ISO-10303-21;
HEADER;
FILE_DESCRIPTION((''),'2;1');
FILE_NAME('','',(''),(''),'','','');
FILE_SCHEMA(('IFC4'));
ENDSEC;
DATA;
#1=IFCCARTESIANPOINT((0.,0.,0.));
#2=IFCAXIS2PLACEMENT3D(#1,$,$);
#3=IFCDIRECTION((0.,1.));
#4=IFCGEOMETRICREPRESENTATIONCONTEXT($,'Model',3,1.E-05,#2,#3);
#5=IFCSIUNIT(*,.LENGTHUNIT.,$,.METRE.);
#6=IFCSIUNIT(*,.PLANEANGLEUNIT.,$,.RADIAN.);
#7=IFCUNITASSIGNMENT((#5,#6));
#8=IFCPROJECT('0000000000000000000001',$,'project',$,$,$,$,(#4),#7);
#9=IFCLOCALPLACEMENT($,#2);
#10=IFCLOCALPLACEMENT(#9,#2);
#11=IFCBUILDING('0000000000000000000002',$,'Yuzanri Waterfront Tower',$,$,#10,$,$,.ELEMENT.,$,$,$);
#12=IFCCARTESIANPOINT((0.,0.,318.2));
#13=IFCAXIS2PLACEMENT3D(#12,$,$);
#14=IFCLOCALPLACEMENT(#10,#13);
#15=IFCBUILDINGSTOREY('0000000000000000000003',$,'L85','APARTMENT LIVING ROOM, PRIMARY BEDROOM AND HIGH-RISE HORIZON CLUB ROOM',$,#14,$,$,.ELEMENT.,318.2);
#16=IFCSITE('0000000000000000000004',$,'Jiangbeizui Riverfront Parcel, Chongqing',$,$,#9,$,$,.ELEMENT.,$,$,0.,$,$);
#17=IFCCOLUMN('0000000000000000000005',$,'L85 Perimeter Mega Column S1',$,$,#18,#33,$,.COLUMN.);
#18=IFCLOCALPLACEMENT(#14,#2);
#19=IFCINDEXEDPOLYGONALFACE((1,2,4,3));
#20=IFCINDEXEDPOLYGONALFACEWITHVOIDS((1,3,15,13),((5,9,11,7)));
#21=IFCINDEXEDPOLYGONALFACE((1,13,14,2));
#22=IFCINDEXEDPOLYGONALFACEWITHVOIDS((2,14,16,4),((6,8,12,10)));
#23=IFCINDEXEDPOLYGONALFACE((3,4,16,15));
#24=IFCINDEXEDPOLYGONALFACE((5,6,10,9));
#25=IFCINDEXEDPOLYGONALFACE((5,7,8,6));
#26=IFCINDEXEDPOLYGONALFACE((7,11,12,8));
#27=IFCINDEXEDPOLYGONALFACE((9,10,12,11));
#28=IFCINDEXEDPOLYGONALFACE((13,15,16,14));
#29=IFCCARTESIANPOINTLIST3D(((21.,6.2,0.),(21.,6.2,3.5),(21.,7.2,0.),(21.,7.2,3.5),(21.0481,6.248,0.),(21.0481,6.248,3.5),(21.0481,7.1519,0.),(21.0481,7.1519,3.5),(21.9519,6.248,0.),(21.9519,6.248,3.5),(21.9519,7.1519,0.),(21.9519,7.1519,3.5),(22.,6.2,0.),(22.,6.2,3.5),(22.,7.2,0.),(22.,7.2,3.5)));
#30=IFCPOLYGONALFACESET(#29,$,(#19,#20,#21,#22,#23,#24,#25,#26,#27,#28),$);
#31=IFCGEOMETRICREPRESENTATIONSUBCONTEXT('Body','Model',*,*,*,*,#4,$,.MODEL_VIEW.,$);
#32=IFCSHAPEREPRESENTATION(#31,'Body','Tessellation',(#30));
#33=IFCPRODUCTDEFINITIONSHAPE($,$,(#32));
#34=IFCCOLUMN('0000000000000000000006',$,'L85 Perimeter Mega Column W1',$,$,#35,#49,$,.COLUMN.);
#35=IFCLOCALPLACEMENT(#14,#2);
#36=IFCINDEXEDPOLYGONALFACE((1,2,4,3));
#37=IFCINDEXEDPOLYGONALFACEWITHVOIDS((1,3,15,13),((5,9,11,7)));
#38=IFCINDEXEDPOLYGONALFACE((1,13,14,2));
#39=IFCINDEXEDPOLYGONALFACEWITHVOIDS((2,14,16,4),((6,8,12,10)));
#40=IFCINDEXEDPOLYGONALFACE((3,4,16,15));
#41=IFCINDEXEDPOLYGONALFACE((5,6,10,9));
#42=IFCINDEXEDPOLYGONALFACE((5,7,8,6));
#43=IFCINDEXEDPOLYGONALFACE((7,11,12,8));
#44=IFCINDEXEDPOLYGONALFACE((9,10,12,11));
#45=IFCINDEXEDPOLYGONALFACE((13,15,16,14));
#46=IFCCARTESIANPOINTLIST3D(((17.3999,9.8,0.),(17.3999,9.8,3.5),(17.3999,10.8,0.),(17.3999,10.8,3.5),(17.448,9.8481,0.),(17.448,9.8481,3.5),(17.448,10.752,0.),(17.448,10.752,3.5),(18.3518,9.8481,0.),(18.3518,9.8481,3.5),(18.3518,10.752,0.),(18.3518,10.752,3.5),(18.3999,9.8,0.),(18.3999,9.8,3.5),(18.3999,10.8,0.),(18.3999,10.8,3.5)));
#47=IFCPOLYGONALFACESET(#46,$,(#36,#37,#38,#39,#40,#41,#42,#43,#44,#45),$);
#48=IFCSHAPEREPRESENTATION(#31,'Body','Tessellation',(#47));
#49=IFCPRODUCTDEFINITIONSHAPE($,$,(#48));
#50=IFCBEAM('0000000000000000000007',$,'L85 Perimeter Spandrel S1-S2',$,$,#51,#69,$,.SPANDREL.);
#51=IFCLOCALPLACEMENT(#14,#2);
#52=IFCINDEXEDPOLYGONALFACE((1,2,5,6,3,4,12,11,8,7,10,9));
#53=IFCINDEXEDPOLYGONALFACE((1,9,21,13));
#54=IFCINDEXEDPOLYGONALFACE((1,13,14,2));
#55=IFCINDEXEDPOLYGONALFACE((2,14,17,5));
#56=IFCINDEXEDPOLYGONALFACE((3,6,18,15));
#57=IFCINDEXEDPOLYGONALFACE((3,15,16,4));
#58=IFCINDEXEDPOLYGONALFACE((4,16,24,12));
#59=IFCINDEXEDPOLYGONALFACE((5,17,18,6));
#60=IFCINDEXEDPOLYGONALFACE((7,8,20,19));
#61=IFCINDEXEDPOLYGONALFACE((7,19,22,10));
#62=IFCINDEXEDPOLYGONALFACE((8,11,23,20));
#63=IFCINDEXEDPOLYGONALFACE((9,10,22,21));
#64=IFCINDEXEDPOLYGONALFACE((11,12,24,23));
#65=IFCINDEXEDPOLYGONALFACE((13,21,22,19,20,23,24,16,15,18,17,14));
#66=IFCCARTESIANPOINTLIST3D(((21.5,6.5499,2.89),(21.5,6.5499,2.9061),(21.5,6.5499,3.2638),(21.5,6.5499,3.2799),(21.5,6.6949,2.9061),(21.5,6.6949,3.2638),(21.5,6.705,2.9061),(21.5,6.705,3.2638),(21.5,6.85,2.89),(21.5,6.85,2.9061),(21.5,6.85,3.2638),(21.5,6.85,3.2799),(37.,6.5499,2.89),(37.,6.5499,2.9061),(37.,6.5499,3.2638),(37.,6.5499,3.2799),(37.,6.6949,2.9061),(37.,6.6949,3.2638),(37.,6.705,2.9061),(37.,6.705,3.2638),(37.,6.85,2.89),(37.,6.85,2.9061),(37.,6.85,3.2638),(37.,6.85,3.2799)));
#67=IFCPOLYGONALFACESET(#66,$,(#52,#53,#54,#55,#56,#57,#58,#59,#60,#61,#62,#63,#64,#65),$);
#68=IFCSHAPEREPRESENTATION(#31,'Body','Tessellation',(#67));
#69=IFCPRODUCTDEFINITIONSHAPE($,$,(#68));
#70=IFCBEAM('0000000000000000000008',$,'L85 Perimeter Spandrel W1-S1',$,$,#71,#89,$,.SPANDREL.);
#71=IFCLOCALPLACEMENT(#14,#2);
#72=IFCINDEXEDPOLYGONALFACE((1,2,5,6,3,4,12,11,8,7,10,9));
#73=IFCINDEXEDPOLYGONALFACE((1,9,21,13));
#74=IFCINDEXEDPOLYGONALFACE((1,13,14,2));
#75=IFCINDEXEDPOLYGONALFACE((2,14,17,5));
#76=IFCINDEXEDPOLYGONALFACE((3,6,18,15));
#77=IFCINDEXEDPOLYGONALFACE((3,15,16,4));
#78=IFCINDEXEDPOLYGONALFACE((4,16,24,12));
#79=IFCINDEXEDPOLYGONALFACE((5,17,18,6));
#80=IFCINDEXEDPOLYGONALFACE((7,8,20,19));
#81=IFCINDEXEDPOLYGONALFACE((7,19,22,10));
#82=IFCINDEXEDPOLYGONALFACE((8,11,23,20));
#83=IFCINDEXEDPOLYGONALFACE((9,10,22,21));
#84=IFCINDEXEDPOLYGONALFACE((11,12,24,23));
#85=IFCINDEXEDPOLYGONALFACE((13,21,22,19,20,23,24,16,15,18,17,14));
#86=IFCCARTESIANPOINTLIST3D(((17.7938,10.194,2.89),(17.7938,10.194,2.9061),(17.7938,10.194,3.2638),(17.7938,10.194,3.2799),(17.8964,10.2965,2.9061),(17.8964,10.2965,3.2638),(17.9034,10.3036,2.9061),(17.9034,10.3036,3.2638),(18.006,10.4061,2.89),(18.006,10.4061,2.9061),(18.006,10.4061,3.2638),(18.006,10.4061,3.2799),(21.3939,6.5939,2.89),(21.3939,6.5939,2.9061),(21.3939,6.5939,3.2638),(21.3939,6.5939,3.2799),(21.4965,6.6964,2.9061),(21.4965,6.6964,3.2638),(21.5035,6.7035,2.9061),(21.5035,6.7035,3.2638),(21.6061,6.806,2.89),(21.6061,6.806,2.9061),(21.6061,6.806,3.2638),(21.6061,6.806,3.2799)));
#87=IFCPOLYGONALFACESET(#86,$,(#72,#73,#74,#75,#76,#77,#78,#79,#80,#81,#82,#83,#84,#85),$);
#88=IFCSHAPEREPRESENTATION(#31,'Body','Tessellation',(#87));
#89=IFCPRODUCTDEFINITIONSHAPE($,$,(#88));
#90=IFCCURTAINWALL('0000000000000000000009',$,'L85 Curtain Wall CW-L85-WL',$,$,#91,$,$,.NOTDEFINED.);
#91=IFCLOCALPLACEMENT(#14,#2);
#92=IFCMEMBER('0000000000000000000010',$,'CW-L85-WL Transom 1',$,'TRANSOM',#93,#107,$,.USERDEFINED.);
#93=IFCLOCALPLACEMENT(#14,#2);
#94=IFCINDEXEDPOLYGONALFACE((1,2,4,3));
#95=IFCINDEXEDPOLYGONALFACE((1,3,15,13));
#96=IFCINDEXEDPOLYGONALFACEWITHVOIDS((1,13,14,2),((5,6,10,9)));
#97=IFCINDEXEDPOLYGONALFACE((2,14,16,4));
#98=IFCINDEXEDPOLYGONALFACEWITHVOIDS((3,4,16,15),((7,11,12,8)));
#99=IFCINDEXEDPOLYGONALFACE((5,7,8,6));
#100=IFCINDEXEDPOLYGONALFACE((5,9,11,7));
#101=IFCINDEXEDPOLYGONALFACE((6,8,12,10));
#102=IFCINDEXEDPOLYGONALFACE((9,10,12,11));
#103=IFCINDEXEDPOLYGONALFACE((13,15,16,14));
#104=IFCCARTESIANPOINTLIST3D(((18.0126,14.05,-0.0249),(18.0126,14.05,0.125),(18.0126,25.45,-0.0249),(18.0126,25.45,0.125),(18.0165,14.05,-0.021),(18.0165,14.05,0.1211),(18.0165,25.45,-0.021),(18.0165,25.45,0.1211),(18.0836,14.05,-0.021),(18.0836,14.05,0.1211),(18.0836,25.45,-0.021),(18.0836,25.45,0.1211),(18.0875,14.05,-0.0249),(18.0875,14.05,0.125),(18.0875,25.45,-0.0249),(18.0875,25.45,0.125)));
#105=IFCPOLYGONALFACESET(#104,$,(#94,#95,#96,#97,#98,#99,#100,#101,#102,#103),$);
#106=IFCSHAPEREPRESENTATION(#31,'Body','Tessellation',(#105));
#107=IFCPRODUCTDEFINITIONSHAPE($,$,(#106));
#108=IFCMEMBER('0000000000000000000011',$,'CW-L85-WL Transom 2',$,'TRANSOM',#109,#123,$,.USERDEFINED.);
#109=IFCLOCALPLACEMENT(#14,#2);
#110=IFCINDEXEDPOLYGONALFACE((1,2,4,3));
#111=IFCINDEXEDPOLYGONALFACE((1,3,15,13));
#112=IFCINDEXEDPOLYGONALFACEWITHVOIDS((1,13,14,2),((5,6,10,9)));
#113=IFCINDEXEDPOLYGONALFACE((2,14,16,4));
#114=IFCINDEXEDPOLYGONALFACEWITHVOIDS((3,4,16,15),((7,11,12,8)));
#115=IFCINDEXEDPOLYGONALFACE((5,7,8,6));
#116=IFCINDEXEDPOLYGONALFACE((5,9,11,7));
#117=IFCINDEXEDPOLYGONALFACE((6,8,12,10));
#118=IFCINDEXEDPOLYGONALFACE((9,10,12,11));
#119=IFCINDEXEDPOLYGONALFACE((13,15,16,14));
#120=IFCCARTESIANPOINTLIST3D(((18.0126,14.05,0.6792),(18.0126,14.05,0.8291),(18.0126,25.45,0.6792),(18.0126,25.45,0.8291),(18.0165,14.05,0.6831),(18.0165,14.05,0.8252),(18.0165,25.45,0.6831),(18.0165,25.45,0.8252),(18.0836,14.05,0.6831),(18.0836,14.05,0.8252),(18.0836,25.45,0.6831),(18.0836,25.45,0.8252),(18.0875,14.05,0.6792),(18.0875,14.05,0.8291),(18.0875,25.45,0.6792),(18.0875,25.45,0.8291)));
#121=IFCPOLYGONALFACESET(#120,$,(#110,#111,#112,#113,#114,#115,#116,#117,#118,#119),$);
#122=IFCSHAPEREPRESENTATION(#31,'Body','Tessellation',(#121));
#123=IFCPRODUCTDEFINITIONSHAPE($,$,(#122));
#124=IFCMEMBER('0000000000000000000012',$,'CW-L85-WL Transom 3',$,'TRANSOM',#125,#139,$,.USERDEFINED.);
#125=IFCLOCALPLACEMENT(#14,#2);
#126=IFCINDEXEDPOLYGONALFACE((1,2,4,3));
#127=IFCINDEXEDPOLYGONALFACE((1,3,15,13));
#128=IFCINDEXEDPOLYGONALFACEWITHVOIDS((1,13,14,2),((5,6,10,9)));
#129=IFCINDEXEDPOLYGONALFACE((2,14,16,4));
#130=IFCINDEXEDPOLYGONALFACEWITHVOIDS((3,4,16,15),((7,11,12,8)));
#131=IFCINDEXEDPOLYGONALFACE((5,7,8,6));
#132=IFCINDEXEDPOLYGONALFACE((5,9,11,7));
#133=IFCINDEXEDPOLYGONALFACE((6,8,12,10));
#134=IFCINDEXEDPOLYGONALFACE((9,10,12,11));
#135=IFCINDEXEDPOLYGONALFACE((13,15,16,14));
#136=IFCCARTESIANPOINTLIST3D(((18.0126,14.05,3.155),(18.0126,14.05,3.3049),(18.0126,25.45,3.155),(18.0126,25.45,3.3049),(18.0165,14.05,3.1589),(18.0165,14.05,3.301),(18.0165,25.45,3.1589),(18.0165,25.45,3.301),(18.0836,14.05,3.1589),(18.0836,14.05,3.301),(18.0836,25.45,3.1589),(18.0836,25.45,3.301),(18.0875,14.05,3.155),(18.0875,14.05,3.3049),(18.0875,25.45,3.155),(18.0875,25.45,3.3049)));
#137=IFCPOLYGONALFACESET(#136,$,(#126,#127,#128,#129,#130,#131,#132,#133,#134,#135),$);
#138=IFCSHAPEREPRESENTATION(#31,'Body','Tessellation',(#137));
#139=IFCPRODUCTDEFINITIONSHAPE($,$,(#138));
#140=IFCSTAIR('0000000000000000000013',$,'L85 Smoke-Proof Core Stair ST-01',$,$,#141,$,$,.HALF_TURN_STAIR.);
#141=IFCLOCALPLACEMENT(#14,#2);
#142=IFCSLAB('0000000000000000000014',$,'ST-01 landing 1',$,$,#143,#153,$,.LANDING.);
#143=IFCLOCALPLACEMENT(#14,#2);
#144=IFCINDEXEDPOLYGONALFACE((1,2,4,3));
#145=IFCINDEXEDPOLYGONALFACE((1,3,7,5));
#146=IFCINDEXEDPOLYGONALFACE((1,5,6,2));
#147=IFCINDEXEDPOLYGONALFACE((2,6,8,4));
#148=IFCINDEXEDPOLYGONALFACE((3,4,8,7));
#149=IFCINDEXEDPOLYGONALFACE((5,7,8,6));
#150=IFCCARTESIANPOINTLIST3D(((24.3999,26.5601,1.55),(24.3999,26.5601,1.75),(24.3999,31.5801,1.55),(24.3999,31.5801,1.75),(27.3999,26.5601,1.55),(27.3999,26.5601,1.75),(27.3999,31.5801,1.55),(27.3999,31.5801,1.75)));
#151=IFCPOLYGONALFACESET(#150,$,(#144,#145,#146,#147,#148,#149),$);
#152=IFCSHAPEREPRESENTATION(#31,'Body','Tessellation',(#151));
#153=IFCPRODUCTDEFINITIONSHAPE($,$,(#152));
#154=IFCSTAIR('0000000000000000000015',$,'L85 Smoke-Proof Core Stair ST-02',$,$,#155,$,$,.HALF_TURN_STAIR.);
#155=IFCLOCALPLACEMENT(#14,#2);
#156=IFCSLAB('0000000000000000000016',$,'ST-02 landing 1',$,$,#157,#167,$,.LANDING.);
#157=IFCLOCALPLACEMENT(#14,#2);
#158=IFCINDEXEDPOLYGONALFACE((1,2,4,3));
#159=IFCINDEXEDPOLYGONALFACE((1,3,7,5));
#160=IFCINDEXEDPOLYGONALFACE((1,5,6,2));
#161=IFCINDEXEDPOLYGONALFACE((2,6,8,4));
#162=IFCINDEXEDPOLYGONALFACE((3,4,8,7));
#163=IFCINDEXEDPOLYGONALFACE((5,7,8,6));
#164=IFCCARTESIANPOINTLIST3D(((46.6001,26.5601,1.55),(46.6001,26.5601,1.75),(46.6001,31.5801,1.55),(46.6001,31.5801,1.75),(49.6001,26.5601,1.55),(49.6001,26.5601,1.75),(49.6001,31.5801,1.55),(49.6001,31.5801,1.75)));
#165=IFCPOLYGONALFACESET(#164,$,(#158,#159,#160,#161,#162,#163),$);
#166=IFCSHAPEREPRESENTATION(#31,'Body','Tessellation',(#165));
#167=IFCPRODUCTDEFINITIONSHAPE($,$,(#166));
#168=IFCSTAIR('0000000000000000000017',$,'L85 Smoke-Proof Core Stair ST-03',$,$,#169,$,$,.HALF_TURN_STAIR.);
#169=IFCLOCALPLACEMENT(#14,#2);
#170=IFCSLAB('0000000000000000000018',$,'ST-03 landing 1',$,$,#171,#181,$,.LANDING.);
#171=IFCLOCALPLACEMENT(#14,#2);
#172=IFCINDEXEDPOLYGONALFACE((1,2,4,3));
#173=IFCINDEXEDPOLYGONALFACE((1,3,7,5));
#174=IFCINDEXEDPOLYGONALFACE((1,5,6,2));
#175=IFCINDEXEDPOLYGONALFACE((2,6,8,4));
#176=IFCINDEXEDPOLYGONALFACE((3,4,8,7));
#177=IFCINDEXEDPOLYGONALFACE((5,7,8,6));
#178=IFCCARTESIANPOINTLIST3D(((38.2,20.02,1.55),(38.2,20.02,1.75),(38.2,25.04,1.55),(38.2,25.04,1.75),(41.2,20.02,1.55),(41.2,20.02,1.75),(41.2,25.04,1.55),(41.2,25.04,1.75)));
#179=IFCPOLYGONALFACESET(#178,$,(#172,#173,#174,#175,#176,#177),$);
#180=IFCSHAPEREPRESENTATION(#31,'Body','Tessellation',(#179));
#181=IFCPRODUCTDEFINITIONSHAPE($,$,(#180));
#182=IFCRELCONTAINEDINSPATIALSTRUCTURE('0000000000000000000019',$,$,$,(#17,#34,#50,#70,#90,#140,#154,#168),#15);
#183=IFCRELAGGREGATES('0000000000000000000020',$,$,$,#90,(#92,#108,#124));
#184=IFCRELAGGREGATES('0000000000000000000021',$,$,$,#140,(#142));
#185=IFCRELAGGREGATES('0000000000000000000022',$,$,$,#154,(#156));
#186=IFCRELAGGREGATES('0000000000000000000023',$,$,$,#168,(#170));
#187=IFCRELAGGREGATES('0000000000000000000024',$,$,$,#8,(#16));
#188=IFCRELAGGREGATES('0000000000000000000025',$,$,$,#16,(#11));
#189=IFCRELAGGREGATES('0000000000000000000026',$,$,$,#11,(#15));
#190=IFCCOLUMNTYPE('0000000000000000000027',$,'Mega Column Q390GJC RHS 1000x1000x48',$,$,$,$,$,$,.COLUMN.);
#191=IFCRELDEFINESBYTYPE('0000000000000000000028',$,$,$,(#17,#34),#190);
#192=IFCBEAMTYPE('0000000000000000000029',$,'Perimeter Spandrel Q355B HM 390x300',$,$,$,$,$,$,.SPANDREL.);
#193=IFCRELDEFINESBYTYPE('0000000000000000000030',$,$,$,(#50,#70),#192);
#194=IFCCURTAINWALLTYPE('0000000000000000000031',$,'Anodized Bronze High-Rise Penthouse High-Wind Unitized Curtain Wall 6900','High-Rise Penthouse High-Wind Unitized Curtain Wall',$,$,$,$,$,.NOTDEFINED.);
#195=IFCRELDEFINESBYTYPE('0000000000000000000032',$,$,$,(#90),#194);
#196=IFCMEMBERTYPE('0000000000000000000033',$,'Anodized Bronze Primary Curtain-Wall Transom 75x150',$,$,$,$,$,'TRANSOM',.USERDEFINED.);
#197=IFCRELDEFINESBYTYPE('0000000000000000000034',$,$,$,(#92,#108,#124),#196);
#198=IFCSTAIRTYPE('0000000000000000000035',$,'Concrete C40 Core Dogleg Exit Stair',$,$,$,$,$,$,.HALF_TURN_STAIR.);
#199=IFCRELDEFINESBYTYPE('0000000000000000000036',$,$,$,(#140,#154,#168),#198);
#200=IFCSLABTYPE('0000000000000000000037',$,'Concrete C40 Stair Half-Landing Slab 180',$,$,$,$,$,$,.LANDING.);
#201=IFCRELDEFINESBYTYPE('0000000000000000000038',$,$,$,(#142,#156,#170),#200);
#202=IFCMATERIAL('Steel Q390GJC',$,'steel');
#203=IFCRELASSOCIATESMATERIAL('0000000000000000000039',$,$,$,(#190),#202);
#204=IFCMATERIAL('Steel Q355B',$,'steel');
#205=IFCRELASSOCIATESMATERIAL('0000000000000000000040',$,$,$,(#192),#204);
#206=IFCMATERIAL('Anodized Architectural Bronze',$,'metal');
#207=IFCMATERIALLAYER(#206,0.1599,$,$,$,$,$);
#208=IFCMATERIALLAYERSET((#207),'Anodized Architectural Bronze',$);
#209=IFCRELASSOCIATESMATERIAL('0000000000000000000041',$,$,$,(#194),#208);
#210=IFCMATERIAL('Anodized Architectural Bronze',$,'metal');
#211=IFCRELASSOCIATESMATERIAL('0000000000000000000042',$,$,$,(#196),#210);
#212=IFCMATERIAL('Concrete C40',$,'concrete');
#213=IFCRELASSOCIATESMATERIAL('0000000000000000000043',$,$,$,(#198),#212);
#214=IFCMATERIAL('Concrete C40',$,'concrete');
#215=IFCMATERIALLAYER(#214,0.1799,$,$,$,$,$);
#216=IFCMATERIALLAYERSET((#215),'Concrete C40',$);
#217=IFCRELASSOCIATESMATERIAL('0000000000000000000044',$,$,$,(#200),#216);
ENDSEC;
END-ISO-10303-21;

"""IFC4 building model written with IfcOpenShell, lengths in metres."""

from ifc_helpers import new_model, si_unit, direction, frame, origin, origin_2d, place, context, subcontext, project, spatial, polyline, hollow_rectangle, i_section, outline, extrude, source, transform, mapped, material, layer, layer_set, material_profile, profile_set, type_object, element, aggregate, save


model = new_model("IFC4")

# Units and contexts
model_context = context("Model", 3, precision=1e-05, world=origin(), true_north=direction((0.0, 1.0)))
body_context = subcontext(model_context, "Body", "Model", "MODEL_VIEW")
ifc_project = project(units=[si_unit("LENGTHUNIT", "METRE"), si_unit("PLANEANGLEUNIT", "RADIAN")], contexts=[model_context])

# Site, building, storey
site_placement = place(None, origin())
site = spatial("IfcSite", under=ifc_project, at=site_placement, Name="Jiangbeizui Riverfront Parcel, Chongqing", CompositionType="ELEMENT", RefElevation=0.0)
building_placement = place(site_placement, origin())
building = spatial("IfcBuilding", under=site, at=building_placement, Name="Yuzanri Waterfront Tower", CompositionType="ELEMENT")
storey_placement = place(building_placement, frame((0.0, 0.0, 318.2)))
storey = spatial("IfcBuildingStorey", under=building, at=storey_placement, Name="L85", Description="APARTMENT LIVING ROOM, PRIMARY BEDROOM AND HIGH-RISE HORIZON CLUB ROOM", CompositionType="ELEMENT", Elevation=318.2)

# Columns
ifc_material_1 = material(Name="Steel Q390GJC", Category="steel")
ifc_material_profile_1 = material_profile(ifc_material_1, hollow_rectangle(XDim=1.0, YDim=1.0, WallThickness=0.0481, at=origin_2d()), Name="RHS 1000x1000x48")
ifc_profile_set_1 = profile_set([ifc_material_profile_1], Name="Steel Q390GJC")
column_type = type_object("IfcColumnType", Name="Mega Column Q390GJC RHS 1000x1000x48", PredefinedType="COLUMN", material=ifc_profile_set_1)
shared_shape_1 = source(origin(), body_context, "Body", "SweptSolid", [
    extrude(hollow_rectangle(XDim=1.0, YDim=1.0, WallThickness=0.0481, at=origin_2d()), origin(), (0.0, 0.0, 1.0), 3.5),
])
for number, where, z_axis, x_axis, name in (
    (1, (21.5, 6.7, 0.0), (0.0, 0.0, 1.0), (1.0, 0.0, 0.0), "L85 Perimeter Mega Column S1"),
    (2, (17.8999, 10.3, 0.0), (0.0, 0.0, 1.0), (1.0, 0.0, 0.0), "L85 Perimeter Mega Column W1"),
):
    element("IfcColumn", number, at=place(storey_placement, frame(where, z_axis=z_axis, x_axis=x_axis)), inside=storey, type_object=column_type, Name=name, PredefinedType="COLUMN", context=body_context, shape_type="MappedRepresentation", body=[
        mapped(shared_shape_1, transform((0.0, 0.0, 0.0), scale=1.0)),
    ])

# Beams
ifc_material_2 = material(Name="Steel Q355B", Category="steel")
ifc_material_profile_2 = material_profile(ifc_material_2, i_section(OverallWidth=0.3, OverallDepth=0.3899, WebThickness=0.01, FlangeThickness=0.0161, at=origin_2d()), Name="HM 390x300x10x16")
ifc_profile_set_2 = profile_set([ifc_material_profile_2], Name="Steel Q355B")
beam_type = type_object("IfcBeamType", Name="Perimeter Spandrel Q355B HM 390x300", PredefinedType="SPANDREL", material=ifc_profile_set_2)
shared_shape_2 = source(origin(), body_context, "Body", "SweptSolid", [
    extrude(i_section(OverallWidth=0.3, OverallDepth=0.3899, WebThickness=0.01, FlangeThickness=0.0161, at=origin_2d()), origin(), (0.0, 0.0, 1.0), 15.5),
])
beam_1_placement = place(storey_placement, frame((21.5, 6.7, 3.085), z_axis=(1.0, 0.0, 0.0), x_axis=(0.0, 1.0, 0.0)))
element("IfcBeam", 3, at=beam_1_placement, inside=storey, type_object=beam_type, Name="L85 Perimeter Spandrel S1-S2", PredefinedType="SPANDREL", context=body_context, shape_type="MappedRepresentation", body=[
    mapped(shared_shape_2, transform((0.0, 0.0, 0.0), scale=1.0)),
])
shared_shape_3 = source(origin(), body_context, "Body", "SweptSolid", [
    extrude(i_section(OverallWidth=0.3, OverallDepth=0.3899, WebThickness=0.01, FlangeThickness=0.0161, at=origin_2d()), origin(), (0.0, 0.0, 1.0), 5.0913),
])
beam_2_placement = place(storey_placement, frame((17.8999, 10.3, 3.085), z_axis=(0.707107, -0.707107, 0.0), x_axis=(0.707107, 0.707107, 0.0)))
element("IfcBeam", 4, at=beam_2_placement, inside=storey, type_object=beam_type, Name="L85 Perimeter Spandrel W1-S1", PredefinedType="SPANDREL", context=body_context, shape_type="MappedRepresentation", body=[
    mapped(shared_shape_3, transform((0.0, 0.0, 0.0), scale=1.0)),
])

# Curtain wall, members
ifc_material_3 = material(Name="Anodized Architectural Bronze", Category="metal")
ifc_layer_1 = layer(ifc_material_3, 0.1599)
ifc_layer_set_1 = layer_set([ifc_layer_1], Name="Anodized Architectural Bronze")
curtain_wall_type = type_object("IfcCurtainWallType", Name="Anodized Bronze High-Rise Penthouse High-Wind Unitized Curtain Wall 6900", Description="High-Rise Penthouse High-Wind Unitized Curtain Wall", PredefinedType="NOTDEFINED", material=ifc_layer_set_1)
curtain_wall_placement = place(storey_placement, origin())
curtain_wall = element("IfcCurtainWall", 5, at=curtain_wall_placement, inside=storey, type_object=curtain_wall_type, Name="L85 Curtain Wall CW-L85-WL", PredefinedType="NOTDEFINED")
ifc_material_4 = material(Name="Anodized Architectural Bronze", Category="metal")
ifc_material_profile_3 = material_profile(ifc_material_4, hollow_rectangle(XDim=0.075, YDim=0.1499, WallThickness=0.0039, at=origin_2d()), Name="CWT 75x150")
ifc_profile_set_3 = profile_set([ifc_material_profile_3], Name="Anodized Architectural Bronze")
member_type = type_object("IfcMemberType", Name="Anodized Bronze Primary Curtain-Wall Transom 75x150", ElementType="TRANSOM", PredefinedType="USERDEFINED", material=ifc_profile_set_3)
shared_shape_4 = source(origin(), body_context, "Body", "SweptSolid", [
    extrude(hollow_rectangle(XDim=0.075, YDim=0.1499, WallThickness=0.0039, at=origin_2d()), origin(), (0.0, 0.0, 1.0), 11.3999),
])
member_1_placement = place(storey_placement, frame((18.05, 14.05, 0.05), z_axis=(0.0, 1.0, 0.0), x_axis=(-1.0, 0.0, 0.0)))
member_1 = element("IfcMember", 6, at=member_1_placement, type_object=member_type, Name="CW-L85-WL Transom 1", ObjectType="TRANSOM", PredefinedType="USERDEFINED", context=body_context, shape_type="MappedRepresentation", body=[
    mapped(shared_shape_4, transform((0.0, 0.0, 0.0), scale=1.0)),
])
member_2_placement = place(storey_placement, frame((18.05, 14.05, 0.7542), z_axis=(0.0, 1.0, 0.0), x_axis=(-1.0, 0.0, 0.0)))
member_2 = element("IfcMember", 7, at=member_2_placement, type_object=member_type, Name="CW-L85-WL Transom 2", ObjectType="TRANSOM", PredefinedType="USERDEFINED", context=body_context, shape_type="MappedRepresentation", body=[
    mapped(shared_shape_4, transform((0.0, 0.0, 0.0), scale=1.0)),
])
member_3_placement = place(storey_placement, frame((18.05, 14.05, 3.23), z_axis=(0.0, 1.0, 0.0), x_axis=(-1.0, 0.0, 0.0)))
member_3 = element("IfcMember", 8, at=member_3_placement, type_object=member_type, Name="CW-L85-WL Transom 3", ObjectType="TRANSOM", PredefinedType="USERDEFINED", context=body_context, shape_type="MappedRepresentation", body=[
    mapped(shared_shape_4, transform((0.0, 0.0, 0.0), scale=1.0)),
])
aggregate(curtain_wall, [member_1, member_2, member_3])

# Stairs, slabs
ifc_material_5 = material(Name="Concrete C40", Category="concrete")
stair_type = type_object("IfcStairType", Name="Concrete C40 Core Dogleg Exit Stair", PredefinedType="HALF_TURN_STAIR", material=ifc_material_5)
stair_1_placement = place(storey_placement, origin())
stair_1 = element("IfcStair", 9, at=stair_1_placement, inside=storey, type_object=stair_type, Name="L85 Smoke-Proof Core Stair ST-01", PredefinedType="HALF_TURN_STAIR")
ifc_material_6 = material(Name="Concrete C40", Category="concrete")
ifc_layer_2 = layer(ifc_material_6, 0.1799)
ifc_layer_set_2 = layer_set([ifc_layer_2], Name="Concrete C40")
slab_type_1 = type_object("IfcSlabType", Name="Concrete C40 Stair Half-Landing Slab 180", PredefinedType="LANDING", material=ifc_layer_set_2)
slab_1_placement = place(storey_placement, frame((0.0, 0.0, 1.55)))
slab_1 = element("IfcSlab", 10, at=slab_1_placement, type_object=slab_type_1, Name="ST-01 landing 1", PredefinedType="LANDING", context=body_context, shape_type="SweptSolid", body=[
    extrude(outline(polyline([(27.3999, 26.5601), (27.3999, 31.5801), (24.3999, 31.5801), (24.3999, 26.5601), (27.3999, 26.5601)])), origin(), (0.0, 0.0, 1.0), 0.2),
])
aggregate(stair_1, [slab_1])
stair_2_placement = place(storey_placement, origin())
stair_2 = element("IfcStair", 11, at=stair_2_placement, inside=storey, type_object=stair_type, Name="L85 Smoke-Proof Core Stair ST-02", PredefinedType="HALF_TURN_STAIR")
slab_2_placement = place(storey_placement, frame((0.0, 0.0, 1.55)))
slab_2 = element("IfcSlab", 12, at=slab_2_placement, type_object=slab_type_1, Name="ST-02 landing 1", PredefinedType="LANDING", context=body_context, shape_type="SweptSolid", body=[
    extrude(outline(polyline([(49.6001, 26.5601), (49.6001, 31.5801), (46.6001, 31.5801), (46.6001, 26.5601), (49.6001, 26.5601)])), origin(), (0.0, 0.0, 1.0), 0.2),
])
aggregate(stair_2, [slab_2])
stair_3_placement = place(storey_placement, origin())
stair_3 = element("IfcStair", 13, at=stair_3_placement, inside=storey, type_object=stair_type, Name="L85 Smoke-Proof Core Stair ST-03", PredefinedType="HALF_TURN_STAIR")
slab_3_placement = place(storey_placement, frame((0.0, 0.0, 1.55)))
slab_3 = element("IfcSlab", 14, at=slab_3_placement, type_object=slab_type_1, Name="ST-03 landing 1", PredefinedType="LANDING", context=body_context, shape_type="SweptSolid", body=[
    extrude(outline(polyline([(38.2, 25.04), (38.2, 20.02), (41.2, 20.02), (41.2, 25.04), (38.2, 25.04)])), origin(), (0.0, 0.0, 1.0), 0.2),
])
aggregate(stair_3, [slab_3])

save(model, "model.ifc")
